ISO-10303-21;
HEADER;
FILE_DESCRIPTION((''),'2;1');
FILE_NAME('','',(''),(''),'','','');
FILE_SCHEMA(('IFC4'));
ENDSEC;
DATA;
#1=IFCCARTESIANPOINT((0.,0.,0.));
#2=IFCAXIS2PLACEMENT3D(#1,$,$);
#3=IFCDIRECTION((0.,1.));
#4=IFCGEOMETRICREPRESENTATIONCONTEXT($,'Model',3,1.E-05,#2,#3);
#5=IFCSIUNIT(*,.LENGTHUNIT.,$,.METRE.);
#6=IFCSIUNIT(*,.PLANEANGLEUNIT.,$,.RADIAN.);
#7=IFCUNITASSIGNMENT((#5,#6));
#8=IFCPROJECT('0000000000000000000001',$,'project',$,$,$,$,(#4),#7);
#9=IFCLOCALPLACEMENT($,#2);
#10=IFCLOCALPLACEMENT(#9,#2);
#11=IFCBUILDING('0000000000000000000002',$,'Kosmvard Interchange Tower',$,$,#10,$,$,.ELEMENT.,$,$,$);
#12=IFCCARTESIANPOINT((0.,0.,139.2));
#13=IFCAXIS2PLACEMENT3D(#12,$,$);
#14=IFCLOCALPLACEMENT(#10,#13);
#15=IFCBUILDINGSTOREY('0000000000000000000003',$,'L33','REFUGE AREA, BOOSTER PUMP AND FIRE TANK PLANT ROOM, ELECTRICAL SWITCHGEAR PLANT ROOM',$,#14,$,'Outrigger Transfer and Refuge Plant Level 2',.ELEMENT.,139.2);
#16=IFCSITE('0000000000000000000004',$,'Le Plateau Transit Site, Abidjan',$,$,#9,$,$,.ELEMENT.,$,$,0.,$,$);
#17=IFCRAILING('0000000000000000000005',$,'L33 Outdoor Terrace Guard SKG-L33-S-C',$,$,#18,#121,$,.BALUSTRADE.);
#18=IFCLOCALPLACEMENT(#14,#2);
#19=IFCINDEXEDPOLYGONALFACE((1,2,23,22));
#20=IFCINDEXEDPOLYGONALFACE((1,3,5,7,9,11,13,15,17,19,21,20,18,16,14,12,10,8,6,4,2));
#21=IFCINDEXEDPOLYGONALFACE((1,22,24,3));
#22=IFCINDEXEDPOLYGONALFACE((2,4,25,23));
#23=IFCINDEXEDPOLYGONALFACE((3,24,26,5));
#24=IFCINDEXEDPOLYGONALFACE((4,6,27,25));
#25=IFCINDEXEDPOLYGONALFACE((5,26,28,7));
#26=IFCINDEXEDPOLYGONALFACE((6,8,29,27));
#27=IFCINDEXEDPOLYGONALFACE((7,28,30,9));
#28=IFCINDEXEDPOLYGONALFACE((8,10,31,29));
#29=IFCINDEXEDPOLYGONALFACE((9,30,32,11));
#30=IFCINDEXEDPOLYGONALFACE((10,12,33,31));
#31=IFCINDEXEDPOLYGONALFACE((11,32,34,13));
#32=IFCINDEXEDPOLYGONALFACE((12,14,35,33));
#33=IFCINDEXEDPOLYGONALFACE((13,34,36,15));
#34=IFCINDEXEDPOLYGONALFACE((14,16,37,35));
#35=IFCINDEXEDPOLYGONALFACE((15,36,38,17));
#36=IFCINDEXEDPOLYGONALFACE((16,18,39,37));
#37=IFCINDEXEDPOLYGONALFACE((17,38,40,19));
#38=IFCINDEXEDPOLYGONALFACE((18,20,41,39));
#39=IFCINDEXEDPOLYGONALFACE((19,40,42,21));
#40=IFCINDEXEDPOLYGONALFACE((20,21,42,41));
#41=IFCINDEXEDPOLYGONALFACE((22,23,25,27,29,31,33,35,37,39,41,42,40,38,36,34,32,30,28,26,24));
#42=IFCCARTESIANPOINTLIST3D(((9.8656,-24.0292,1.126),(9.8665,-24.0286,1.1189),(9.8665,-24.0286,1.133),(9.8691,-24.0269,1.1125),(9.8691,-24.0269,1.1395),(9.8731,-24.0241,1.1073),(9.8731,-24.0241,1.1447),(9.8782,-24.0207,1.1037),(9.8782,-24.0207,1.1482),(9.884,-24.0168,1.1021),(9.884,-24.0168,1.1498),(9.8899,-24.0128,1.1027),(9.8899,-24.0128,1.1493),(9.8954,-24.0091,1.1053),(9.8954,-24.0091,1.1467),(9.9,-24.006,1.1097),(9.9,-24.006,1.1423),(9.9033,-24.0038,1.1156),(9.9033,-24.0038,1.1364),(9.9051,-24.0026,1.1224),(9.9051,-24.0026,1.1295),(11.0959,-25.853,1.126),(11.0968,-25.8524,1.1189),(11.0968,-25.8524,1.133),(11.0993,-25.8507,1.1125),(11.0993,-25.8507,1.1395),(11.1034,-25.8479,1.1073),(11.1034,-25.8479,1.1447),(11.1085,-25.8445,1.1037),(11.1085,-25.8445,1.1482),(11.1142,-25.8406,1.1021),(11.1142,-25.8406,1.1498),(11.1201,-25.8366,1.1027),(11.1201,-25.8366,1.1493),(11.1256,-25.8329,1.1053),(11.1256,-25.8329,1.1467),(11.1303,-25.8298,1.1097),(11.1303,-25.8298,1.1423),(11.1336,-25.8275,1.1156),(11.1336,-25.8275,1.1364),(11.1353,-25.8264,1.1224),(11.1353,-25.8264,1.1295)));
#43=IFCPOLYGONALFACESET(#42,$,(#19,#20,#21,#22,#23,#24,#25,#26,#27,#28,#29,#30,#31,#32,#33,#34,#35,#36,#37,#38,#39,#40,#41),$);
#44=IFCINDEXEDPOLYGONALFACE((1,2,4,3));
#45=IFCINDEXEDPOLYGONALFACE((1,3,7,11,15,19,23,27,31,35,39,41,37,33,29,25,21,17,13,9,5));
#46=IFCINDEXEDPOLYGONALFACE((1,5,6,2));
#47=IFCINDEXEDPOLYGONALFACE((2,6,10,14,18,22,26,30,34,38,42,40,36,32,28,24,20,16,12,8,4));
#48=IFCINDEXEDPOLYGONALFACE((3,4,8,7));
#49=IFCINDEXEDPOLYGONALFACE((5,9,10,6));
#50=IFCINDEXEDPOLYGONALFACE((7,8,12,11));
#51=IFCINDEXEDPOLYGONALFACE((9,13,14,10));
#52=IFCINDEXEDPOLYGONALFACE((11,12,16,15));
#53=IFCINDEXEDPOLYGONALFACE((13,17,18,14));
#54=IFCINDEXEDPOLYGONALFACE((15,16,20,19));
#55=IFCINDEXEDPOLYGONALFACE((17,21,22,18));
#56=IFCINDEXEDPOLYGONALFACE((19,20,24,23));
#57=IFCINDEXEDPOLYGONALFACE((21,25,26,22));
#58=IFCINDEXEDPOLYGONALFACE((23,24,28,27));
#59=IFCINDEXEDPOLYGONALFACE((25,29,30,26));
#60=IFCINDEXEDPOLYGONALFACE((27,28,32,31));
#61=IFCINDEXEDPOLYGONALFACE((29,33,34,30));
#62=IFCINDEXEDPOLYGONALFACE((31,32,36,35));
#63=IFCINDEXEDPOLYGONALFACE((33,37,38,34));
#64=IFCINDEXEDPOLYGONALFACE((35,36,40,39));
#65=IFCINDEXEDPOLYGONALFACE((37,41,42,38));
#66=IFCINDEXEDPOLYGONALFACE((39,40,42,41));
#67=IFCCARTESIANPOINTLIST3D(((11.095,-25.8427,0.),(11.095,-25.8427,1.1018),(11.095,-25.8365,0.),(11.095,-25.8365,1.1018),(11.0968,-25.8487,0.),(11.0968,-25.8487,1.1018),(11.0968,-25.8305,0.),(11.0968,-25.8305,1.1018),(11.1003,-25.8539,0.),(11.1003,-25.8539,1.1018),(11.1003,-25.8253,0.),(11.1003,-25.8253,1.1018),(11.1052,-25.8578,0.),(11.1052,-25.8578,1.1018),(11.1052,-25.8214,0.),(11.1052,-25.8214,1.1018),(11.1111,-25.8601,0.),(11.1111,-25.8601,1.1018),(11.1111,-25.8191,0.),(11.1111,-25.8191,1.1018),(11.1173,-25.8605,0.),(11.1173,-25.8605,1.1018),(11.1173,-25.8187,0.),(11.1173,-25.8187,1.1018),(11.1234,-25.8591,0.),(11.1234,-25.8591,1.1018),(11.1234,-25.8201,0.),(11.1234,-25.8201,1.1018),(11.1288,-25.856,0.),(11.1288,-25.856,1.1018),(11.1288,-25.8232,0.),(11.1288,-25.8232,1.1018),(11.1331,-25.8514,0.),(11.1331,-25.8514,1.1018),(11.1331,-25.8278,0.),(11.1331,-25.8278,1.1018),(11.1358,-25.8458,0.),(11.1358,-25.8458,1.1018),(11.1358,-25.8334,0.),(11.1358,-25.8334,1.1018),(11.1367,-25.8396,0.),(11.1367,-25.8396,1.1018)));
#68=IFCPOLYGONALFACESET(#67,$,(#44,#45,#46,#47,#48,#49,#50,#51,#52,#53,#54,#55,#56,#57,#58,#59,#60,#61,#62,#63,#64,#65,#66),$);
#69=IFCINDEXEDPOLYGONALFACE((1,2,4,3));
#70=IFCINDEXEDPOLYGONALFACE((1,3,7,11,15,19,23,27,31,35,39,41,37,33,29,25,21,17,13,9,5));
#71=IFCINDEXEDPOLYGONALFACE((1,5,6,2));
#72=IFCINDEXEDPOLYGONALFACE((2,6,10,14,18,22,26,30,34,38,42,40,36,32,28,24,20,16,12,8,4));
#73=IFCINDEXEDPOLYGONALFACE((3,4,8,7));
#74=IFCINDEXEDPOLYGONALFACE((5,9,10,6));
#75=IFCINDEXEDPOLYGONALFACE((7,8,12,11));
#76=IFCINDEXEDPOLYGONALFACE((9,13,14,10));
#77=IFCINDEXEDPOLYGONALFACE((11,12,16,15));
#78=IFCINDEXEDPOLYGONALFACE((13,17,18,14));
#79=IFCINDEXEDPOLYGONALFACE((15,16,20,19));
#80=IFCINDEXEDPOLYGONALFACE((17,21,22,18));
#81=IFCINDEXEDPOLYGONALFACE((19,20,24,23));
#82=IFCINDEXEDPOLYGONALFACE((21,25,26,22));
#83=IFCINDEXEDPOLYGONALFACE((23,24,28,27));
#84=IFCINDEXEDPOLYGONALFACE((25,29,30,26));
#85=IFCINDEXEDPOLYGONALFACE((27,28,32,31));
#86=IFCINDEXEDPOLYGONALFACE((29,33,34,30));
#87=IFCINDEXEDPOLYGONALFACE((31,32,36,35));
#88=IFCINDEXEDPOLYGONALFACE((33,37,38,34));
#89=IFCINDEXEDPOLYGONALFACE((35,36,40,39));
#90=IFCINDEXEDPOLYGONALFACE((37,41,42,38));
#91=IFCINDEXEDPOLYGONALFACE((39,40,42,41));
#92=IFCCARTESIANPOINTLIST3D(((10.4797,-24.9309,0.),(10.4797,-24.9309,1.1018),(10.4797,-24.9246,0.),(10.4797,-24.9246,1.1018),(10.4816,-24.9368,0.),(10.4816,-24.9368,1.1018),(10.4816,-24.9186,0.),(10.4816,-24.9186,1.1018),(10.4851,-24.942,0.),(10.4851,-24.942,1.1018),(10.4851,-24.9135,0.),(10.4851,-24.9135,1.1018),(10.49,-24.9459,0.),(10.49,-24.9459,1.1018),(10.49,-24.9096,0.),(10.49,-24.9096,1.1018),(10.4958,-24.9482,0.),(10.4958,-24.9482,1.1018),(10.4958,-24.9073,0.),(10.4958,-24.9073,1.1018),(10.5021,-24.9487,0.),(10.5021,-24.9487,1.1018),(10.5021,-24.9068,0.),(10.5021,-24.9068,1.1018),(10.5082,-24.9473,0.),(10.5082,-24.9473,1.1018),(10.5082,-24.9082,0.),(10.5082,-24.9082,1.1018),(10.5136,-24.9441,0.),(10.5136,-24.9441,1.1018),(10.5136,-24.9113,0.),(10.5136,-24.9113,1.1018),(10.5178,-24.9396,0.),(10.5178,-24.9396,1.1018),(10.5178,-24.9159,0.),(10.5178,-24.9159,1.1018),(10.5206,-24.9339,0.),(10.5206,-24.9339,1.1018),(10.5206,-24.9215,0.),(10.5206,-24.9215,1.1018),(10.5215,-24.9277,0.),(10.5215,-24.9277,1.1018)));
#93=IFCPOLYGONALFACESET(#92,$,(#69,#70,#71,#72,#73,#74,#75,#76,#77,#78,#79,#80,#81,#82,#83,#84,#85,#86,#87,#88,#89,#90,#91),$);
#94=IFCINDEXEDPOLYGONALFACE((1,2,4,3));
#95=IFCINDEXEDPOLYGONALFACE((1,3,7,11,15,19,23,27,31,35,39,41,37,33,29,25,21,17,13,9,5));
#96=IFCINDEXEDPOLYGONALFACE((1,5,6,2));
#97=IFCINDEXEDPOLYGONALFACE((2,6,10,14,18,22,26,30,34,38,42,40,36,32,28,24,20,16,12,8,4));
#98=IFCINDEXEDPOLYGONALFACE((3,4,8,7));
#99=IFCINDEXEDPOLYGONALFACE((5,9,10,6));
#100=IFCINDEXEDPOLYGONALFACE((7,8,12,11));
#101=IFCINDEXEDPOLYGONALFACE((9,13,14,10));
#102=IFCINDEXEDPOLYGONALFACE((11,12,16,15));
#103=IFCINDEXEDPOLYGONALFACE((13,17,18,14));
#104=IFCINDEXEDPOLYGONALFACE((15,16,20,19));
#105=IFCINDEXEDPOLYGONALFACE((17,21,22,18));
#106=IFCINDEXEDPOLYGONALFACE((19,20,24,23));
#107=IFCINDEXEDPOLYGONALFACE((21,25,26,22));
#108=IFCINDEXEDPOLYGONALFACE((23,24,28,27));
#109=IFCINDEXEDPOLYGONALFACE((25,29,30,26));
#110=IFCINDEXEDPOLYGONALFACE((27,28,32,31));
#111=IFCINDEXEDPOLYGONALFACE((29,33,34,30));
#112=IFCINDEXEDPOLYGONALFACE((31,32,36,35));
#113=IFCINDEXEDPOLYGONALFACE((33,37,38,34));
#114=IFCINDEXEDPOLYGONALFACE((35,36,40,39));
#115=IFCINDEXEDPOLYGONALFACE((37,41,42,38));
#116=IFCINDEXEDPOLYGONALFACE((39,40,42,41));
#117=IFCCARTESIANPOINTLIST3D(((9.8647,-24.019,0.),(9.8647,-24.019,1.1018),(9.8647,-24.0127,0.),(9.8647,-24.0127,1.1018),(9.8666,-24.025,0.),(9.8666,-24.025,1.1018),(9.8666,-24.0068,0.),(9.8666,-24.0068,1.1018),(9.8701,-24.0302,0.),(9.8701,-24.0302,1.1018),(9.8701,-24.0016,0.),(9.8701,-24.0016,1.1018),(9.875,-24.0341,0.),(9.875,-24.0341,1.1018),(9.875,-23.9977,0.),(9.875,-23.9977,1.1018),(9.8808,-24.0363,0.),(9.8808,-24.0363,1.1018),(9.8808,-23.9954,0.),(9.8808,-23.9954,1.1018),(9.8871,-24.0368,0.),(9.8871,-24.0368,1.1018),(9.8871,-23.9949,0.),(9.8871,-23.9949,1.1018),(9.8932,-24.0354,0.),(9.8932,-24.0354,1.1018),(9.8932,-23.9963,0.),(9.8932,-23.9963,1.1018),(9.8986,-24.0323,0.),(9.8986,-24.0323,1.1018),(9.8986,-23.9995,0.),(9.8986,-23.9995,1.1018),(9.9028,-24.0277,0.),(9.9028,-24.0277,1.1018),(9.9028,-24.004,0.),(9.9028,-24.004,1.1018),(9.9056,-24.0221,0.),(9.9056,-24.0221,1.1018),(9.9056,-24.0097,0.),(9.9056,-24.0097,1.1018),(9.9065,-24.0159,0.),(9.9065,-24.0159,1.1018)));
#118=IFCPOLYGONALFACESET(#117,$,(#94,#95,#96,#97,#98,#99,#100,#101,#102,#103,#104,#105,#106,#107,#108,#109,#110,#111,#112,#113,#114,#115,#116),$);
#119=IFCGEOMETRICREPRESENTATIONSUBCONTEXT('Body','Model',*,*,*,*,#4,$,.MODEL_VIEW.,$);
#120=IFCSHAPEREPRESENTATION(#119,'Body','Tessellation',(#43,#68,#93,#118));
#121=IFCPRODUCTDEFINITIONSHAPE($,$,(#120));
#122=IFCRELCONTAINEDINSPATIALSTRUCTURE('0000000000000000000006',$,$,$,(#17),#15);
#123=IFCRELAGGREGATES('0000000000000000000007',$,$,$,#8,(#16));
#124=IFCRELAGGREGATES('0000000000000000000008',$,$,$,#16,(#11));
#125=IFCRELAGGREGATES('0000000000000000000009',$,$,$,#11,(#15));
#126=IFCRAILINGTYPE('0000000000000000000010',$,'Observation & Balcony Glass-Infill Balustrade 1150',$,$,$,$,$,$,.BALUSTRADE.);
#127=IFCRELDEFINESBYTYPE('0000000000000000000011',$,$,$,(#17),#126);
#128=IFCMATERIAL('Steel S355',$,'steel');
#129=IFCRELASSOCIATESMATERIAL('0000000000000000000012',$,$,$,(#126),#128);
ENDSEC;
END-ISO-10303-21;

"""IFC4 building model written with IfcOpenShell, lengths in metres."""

from ifc_helpers import new_model, si_unit, direction, frame, origin, origin_2d, place, context, subcontext, project, spatial, circle, extrude, source, transform, mapped, material, type_object, element, save


model = new_model("IFC4")

# Units and contexts
model_context = context("Model", 3, precision=1e-05, world=origin(), true_north=direction((0.0, 1.0)))
body_context = subcontext(model_context, "Body", "Model", "MODEL_VIEW")
ifc_project = project(units=[si_unit("LENGTHUNIT", "METRE"), si_unit("PLANEANGLEUNIT", "RADIAN")], contexts=[model_context])

# Site, building, storey
site_placement = place(None, origin())
site = spatial("IfcSite", under=ifc_project, at=site_placement, Name="Le Plateau Transit Site, Abidjan", CompositionType="ELEMENT", RefElevation=0.0)
building_placement = place(site_placement, origin())
building = spatial("IfcBuilding", under=site, at=building_placement, Name="Kosmvard Interchange Tower", CompositionType="ELEMENT")
storey_placement = place(building_placement, frame((0.0, 0.0, 139.2)))
storey = spatial("IfcBuildingStorey", under=building, at=storey_placement, Name="L33", Description="REFUGE AREA, BOOSTER PUMP AND FIRE TANK PLANT ROOM, ELECTRICAL SWITCHGEAR PLANT ROOM", LongName="Outrigger Transfer and Refuge Plant Level 2", CompositionType="ELEMENT", Elevation=139.2)

# Shared definitions
ifc_material_1 = material(Name="Steel S355", Category="steel")

# Railing
railing_type = type_object("IfcRailingType", Name="Observation & Balcony Glass-Infill Balustrade 1150", PredefinedType="BALUSTRADE", material=ifc_material_1)
shared_shape_1 = source(origin(), body_context, "Body", "SweptSolid", [
    extrude(circle(Radius=0.0239, at=origin_2d()), frame((0.0, 0.0, 1.126), z_axis=(-0.559225, 0.829016, 0.0), x_axis=(-0.829016, -0.559225, 0.0)), (0.0, 0.0, 1.0), 2.2),
    extrude(circle(Radius=0.021, at=origin_2d()), origin(), (0.0, 0.0, 1.0), 1.1018),
    extrude(circle(Radius=0.021, at=origin_2d()), frame((-0.6152, 0.9119, 0.0)), (0.0, 0.0, 1.0), 1.1018),
    extrude(circle(Radius=0.021, at=origin_2d()), frame((-1.2302, 1.8237, 0.0)), (0.0, 0.0, 1.0), 1.1018),
])
railing_1_placement = place(storey_placement, frame((11.1157, -25.8396, 0.0)))
element("IfcRailing", 1, at=railing_1_placement, inside=storey, type_object=railing_type, Name="L33 Outdoor Terrace Guard SKG-L33-S-C", PredefinedType="BALUSTRADE", context=body_context, shape_type="MappedRepresentation", body=[
    mapped(shared_shape_1, transform((0.0, 0.0, 0.0), scale=1.0)),
])

save(model, "model.ifc")
